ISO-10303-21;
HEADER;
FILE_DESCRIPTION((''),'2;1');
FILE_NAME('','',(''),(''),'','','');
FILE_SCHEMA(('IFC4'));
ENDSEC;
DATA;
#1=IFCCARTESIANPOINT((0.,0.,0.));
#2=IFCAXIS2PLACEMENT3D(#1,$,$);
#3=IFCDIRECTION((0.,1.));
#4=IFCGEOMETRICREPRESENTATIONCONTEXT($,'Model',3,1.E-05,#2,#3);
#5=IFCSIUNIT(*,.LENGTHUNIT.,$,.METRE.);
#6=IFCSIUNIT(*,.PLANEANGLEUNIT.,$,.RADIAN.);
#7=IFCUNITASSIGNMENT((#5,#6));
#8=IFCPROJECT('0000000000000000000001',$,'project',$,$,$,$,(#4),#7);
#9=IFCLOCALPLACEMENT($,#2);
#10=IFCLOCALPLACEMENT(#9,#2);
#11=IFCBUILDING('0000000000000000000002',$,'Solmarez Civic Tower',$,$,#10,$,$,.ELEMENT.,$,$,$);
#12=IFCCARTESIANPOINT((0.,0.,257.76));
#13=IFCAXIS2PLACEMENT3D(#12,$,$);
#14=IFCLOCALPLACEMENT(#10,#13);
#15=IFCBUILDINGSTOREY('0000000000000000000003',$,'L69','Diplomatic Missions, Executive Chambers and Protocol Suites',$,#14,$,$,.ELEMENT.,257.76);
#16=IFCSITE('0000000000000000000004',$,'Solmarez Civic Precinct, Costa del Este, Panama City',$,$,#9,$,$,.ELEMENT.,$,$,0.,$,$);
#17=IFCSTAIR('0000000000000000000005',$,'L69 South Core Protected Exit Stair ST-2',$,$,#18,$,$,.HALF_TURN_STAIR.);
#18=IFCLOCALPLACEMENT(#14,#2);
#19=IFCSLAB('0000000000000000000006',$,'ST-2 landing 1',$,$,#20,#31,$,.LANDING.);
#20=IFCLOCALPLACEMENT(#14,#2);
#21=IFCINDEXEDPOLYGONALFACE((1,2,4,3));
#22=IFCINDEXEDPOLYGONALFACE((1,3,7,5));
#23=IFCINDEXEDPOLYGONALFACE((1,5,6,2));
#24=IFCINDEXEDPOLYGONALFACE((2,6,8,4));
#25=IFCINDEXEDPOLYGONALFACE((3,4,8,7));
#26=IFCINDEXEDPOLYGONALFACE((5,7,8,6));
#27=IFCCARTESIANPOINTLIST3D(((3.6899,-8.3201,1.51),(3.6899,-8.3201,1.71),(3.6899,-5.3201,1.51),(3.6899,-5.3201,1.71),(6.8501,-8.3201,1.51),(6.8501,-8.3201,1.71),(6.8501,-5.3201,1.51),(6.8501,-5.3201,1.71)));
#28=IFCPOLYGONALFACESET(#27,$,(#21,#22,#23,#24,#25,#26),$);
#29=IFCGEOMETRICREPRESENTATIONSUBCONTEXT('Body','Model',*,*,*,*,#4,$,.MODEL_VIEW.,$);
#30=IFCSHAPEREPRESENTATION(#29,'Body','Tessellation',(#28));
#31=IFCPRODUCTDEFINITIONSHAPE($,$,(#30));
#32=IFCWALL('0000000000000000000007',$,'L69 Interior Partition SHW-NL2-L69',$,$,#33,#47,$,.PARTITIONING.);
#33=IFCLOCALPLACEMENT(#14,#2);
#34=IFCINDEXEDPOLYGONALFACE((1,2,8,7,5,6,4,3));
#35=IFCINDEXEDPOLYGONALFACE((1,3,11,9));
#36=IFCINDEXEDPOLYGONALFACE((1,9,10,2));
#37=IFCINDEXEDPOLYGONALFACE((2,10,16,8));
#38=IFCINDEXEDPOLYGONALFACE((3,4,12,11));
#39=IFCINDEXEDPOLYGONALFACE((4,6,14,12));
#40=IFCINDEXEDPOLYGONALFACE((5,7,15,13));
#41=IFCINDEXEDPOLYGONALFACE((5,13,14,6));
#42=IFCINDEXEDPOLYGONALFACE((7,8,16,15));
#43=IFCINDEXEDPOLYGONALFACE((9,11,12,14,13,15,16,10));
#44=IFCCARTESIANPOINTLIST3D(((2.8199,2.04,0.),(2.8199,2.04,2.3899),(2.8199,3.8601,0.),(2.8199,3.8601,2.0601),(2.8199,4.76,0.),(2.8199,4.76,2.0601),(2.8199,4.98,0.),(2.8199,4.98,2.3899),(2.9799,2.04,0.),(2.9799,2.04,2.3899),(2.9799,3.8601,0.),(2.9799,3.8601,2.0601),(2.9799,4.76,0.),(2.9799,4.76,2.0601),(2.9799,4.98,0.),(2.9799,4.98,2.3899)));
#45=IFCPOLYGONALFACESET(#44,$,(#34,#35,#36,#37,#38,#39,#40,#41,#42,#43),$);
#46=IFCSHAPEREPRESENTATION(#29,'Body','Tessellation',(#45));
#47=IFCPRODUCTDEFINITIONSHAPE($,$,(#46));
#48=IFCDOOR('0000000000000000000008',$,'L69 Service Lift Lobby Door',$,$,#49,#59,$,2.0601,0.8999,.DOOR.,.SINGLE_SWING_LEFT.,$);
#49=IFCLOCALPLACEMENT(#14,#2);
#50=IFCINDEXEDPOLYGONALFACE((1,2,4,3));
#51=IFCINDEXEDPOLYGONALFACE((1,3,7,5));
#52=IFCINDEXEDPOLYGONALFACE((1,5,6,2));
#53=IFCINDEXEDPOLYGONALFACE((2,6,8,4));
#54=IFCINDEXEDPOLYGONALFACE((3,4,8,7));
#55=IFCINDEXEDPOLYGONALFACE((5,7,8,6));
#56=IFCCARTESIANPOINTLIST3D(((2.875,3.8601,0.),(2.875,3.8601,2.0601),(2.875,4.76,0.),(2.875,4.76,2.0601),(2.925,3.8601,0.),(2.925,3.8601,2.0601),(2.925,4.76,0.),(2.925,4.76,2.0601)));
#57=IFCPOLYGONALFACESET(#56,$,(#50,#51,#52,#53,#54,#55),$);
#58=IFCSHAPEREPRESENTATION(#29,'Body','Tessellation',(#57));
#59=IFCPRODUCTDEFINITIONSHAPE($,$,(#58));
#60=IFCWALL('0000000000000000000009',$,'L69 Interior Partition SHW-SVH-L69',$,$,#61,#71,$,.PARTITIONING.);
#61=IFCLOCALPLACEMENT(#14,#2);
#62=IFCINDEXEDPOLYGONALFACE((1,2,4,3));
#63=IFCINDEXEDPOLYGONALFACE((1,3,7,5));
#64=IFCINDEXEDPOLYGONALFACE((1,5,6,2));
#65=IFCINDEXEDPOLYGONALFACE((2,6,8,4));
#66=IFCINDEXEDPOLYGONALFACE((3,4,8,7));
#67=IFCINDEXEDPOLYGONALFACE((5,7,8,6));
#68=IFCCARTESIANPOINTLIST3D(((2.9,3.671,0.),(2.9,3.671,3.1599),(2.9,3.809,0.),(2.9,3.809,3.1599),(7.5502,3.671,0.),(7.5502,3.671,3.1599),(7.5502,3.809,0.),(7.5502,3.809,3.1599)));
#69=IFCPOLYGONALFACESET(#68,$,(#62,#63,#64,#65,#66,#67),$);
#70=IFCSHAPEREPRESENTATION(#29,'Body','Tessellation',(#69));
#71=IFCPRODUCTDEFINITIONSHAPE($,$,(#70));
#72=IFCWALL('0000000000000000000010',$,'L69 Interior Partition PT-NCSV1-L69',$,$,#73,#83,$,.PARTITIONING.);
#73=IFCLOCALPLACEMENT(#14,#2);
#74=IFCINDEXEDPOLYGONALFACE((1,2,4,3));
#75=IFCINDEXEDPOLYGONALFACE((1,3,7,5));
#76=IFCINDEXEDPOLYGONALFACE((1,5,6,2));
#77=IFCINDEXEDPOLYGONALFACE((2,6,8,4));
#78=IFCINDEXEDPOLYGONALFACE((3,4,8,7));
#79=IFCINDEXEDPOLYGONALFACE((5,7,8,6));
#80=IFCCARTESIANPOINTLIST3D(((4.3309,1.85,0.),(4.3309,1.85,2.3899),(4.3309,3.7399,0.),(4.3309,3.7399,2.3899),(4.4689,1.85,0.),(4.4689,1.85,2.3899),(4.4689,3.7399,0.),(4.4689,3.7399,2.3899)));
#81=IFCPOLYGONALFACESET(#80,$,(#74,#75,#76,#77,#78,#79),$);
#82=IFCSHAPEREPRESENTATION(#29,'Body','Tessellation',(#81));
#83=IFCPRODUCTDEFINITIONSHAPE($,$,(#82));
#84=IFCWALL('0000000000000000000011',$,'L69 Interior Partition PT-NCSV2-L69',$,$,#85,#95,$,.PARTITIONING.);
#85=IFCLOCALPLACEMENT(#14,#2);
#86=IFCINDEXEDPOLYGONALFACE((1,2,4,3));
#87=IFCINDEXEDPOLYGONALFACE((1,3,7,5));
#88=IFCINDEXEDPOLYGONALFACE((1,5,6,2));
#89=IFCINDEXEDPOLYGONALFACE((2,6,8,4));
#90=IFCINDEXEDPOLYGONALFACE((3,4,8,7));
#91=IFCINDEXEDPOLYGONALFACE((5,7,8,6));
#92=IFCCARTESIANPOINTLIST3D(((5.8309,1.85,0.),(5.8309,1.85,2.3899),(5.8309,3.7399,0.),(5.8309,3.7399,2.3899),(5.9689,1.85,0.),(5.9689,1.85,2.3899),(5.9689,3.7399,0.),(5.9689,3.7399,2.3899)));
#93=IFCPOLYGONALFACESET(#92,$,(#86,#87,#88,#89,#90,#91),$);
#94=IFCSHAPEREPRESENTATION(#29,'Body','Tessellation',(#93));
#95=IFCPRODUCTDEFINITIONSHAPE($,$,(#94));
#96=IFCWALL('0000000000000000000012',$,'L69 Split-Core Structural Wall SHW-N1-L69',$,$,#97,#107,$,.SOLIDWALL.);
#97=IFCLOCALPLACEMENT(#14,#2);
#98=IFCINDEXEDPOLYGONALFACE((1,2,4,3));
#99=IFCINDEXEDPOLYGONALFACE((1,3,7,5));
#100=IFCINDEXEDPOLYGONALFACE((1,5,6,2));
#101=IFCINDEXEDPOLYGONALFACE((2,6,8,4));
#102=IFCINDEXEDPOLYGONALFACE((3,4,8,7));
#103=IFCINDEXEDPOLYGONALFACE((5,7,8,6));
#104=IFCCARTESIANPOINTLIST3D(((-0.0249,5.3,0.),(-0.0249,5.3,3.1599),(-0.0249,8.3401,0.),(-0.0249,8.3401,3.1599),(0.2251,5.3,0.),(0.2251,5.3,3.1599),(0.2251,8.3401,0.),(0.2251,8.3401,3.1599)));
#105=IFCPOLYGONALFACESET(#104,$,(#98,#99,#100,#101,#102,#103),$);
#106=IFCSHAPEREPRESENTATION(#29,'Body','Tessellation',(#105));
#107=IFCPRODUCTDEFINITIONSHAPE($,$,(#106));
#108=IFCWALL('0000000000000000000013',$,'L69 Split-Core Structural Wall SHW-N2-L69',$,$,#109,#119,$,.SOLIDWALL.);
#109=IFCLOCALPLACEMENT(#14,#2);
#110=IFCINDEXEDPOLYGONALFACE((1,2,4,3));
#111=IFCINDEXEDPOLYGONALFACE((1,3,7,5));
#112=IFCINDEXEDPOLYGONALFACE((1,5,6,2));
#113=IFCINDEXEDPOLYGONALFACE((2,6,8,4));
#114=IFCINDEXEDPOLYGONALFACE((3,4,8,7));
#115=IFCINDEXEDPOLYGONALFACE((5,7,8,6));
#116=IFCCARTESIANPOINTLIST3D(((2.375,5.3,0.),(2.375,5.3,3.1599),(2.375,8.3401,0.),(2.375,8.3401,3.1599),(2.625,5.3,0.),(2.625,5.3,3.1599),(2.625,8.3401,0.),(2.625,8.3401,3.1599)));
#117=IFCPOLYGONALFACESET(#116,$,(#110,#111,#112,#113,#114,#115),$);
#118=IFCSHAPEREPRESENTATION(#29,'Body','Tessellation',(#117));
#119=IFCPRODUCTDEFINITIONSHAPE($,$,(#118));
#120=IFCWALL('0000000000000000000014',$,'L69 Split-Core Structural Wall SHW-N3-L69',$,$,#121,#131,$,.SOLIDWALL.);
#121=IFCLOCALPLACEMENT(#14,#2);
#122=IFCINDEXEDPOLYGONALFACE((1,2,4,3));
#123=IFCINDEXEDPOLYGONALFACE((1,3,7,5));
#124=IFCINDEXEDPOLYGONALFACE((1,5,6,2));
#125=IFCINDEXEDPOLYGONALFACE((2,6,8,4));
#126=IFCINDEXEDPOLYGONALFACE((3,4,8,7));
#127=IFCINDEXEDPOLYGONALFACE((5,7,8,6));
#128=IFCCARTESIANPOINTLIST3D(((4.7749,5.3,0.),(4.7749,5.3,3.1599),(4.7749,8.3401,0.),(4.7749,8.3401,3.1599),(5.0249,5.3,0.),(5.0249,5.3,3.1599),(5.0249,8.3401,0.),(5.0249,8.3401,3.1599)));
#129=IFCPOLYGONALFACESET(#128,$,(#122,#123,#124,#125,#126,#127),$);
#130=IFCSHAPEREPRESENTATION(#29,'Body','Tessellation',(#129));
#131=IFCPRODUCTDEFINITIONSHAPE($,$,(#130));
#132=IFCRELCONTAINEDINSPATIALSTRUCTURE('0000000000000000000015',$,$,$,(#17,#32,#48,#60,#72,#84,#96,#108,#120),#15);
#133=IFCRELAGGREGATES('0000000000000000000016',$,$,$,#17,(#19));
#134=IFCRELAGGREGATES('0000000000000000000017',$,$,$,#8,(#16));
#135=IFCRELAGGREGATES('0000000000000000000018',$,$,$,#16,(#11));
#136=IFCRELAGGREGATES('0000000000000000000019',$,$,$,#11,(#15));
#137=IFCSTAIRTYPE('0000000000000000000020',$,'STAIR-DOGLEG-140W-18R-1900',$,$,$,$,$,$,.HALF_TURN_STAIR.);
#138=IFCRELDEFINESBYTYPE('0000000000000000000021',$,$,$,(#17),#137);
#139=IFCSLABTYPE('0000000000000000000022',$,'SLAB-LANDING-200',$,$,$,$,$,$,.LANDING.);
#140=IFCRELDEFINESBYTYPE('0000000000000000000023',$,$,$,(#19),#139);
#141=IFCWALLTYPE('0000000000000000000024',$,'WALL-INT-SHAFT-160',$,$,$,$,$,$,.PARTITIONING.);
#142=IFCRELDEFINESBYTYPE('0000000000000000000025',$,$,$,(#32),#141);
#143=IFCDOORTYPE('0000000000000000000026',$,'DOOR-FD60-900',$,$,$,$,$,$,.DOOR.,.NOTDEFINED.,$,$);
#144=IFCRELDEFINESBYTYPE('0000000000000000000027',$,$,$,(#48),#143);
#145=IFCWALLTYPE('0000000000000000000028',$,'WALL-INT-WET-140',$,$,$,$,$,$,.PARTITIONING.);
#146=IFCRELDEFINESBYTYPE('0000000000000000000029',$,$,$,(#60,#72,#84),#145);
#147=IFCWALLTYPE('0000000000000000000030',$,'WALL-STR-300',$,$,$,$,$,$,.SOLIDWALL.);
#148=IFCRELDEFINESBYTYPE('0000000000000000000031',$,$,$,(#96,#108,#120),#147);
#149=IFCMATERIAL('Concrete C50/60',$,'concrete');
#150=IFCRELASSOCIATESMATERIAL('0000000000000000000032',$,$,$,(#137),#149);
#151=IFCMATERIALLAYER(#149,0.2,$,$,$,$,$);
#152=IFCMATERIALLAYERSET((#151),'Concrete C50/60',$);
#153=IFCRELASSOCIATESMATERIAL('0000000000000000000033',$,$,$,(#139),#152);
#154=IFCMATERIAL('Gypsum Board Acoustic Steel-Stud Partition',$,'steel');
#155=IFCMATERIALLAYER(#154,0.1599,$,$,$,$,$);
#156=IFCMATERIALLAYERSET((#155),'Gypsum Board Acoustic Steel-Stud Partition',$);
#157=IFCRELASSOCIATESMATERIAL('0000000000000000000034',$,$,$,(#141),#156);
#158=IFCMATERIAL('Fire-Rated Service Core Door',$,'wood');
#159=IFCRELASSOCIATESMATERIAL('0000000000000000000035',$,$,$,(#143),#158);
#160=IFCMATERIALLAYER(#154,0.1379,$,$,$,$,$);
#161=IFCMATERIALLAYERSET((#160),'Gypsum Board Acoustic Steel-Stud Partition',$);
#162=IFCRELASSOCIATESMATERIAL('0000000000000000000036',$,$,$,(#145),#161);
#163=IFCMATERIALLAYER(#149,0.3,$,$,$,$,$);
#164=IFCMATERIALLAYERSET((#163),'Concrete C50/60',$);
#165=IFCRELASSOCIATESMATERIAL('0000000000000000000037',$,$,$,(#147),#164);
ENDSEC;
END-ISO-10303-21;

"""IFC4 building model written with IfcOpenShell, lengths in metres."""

from ifc_helpers import new_model, si_unit, direction, frame, frame_2d, origin, place, context, subcontext, project, spatial, polyline, rectangle, outline, extrude, material, layer, layer_set, type_object, element, fill, aggregate, save


model = new_model("IFC4")

# Units and contexts
model_context = context("Model", 3, precision=1e-05, world=origin(), true_north=direction((0.0, 1.0)))
body_context = subcontext(model_context, "Body", "Model", "MODEL_VIEW")
ifc_project = project(units=[si_unit("LENGTHUNIT", "METRE"), si_unit("PLANEANGLEUNIT", "RADIAN")], contexts=[model_context])

# Site, building, storey
site_placement = place(None, origin())
site = spatial("IfcSite", under=ifc_project, at=site_placement, Name="Solmarez Civic Precinct, Costa del Este, Panama City", CompositionType="ELEMENT", RefElevation=0.0)
building_placement = place(site_placement, origin())
building = spatial("IfcBuilding", under=site, at=building_placement, Name="Solmarez Civic Tower", CompositionType="ELEMENT")
storey_placement = place(building_placement, frame((0.0, 0.0, 257.76)))
storey = spatial("IfcBuildingStorey", under=building, at=storey_placement, Name="L69", Description="Diplomatic Missions, Executive Chambers and Protocol Suites", CompositionType="ELEMENT", Elevation=257.76)

# Stair, slab
ifc_material_1 = material(Name="Concrete C50/60", Category="concrete")
stair_type = type_object("IfcStairType", Name="STAIR-DOGLEG-140W-18R-1900", PredefinedType="HALF_TURN_STAIR", material=ifc_material_1)
stair_placement = place(storey_placement, origin())
stair = element("IfcStair", 1, at=stair_placement, inside=storey, type_object=stair_type, Name="L69 South Core Protected Exit Stair ST-2", PredefinedType="HALF_TURN_STAIR")
ifc_layer_1 = layer(ifc_material_1, 0.2)
ifc_layer_set_1 = layer_set([ifc_layer_1], Name="Concrete C50/60")
slab_type = type_object("IfcSlabType", Name="SLAB-LANDING-200", PredefinedType="LANDING", material=ifc_layer_set_1)
slab_placement = place(storey_placement, frame((0.0, 0.0, 1.51)))
slab = element("IfcSlab", 2, at=slab_placement, type_object=slab_type, Name="ST-2 landing 1", PredefinedType="LANDING", context=body_context, shape_type="SweptSolid", body=[
    extrude(outline(polyline([(3.6899, -8.3201), (6.8501, -8.3201), (6.8501, -5.3201), (3.6899, -5.3201), (3.6899, -8.3201)])), origin(), (0.0, 0.0, 1.0), 0.2),
])
aggregate(stair, [slab])

# Wall, opening, door
ifc_material_2 = material(Name="Gypsum Board Acoustic Steel-Stud Partition", Category="steel")
ifc_layer_2 = layer(ifc_material_2, 0.1599)
ifc_layer_set_2 = layer_set([ifc_layer_2], Name="Gypsum Board Acoustic Steel-Stud Partition")
wall_type_1 = type_object("IfcWallType", Name="WALL-INT-SHAFT-160", PredefinedType="PARTITIONING", material=ifc_layer_set_2)
wall_1_placement = place(storey_placement, frame((2.8999, 2.04, 0.0), z_axis=(0.0, 0.0, 1.0), x_axis=(0.0, 1.0, 0.0)))
wall_1 = element("IfcWall", 3, at=wall_1_placement, inside=storey, type_object=wall_type_1, Name="L69 Interior Partition SHW-NL2-L69", PredefinedType="PARTITIONING", context=body_context, shape_type="SweptSolid", body=[
    extrude(rectangle(XDim=2.9399, YDim=0.1599, at=frame_2d((1.47, 0.0))), origin(), (0.0, 0.0, 1.0), 2.3899),
])
opening_placement = place(wall_1_placement, frame((1.8201, 0.0, 0.0)))
opening = element("IfcOpeningElement", 4, at=opening_placement, cuts=wall_1, PredefinedType="OPENING", context=body_context, shape_type="SweptSolid", body=[
    extrude(rectangle(XDim=0.8999, YDim=2.0601, at=frame_2d((0.45, 1.03))), frame((0.0, 0.0898, 0.0), z_axis=(0.0, -1.0, 0.0), x_axis=(1.0, 0.0, 0.0)), (0.0, 0.0, 1.0), 0.1799),
])
ifc_material_3 = material(Name="Fire-Rated Service Core Door", Category="wood")
door_type = type_object("IfcDoorType", Name="DOOR-FD60-900", OperationType="NOTDEFINED", PredefinedType="DOOR", material=ifc_material_3)
door_placement = place(opening_placement, origin())
door = element("IfcDoor", 5, at=door_placement, inside=storey, type_object=door_type, Name="L69 Service Lift Lobby Door", OperationType="SINGLE_SWING_LEFT", OverallHeight=2.0601, OverallWidth=0.8999, PredefinedType="DOOR", context=body_context, shape_type="SweptSolid", body=[
    extrude(rectangle(XDim=0.8999, YDim=2.0601, at=frame_2d((0.45, 1.03))), frame((0.0, 0.0249, 0.0), z_axis=(0.0, -1.0, 0.0), x_axis=(1.0, 0.0, 0.0)), (0.0, 0.0, 1.0), 0.05),
])
fill(opening, door)

# Walls
ifc_layer_3 = layer(ifc_material_2, 0.1379)
ifc_layer_set_3 = layer_set([ifc_layer_3], Name="Gypsum Board Acoustic Steel-Stud Partition")
wall_type_2 = type_object("IfcWallType", Name="WALL-INT-WET-140", PredefinedType="PARTITIONING", material=ifc_layer_set_3)
wall_2_placement = place(storey_placement, frame((2.8999, 3.74, 0.0), z_axis=(0.0, 0.0, 1.0), x_axis=(1.0, 0.0, 0.0)))
element("IfcWall", 6, at=wall_2_placement, inside=storey, type_object=wall_type_2, Name="L69 Interior Partition SHW-SVH-L69", PredefinedType="PARTITIONING", context=body_context, shape_type="SweptSolid", body=[
    extrude(rectangle(XDim=4.6501, YDim=0.1379, at=frame_2d((2.3252, 0.0))), origin(), (0.0, 0.0, 1.0), 3.1599),
])
for number, where, z_axis, x_axis, name in (
    (7, (4.3999, 1.8501, 0.0), (0.0, 0.0, 1.0), (0.0, 1.0, 0.0), "L69 Interior Partition PT-NCSV1-L69"),
    (8, (5.8999, 1.8501, 0.0), (0.0, 0.0, 1.0), (0.0, 1.0, 0.0), "L69 Interior Partition PT-NCSV2-L69"),
):
    element("IfcWall", number, at=place(storey_placement, frame(where, z_axis=z_axis, x_axis=x_axis)), inside=storey, type_object=wall_type_2, Name=name, PredefinedType="PARTITIONING", context=body_context, shape_type="SweptSolid", body=[
        extrude(rectangle(XDim=1.8899, YDim=0.1379, at=frame_2d((0.9448, 0.0))), origin(), (0.0, 0.0, 1.0), 2.3899),
    ])
ifc_layer_4 = layer(ifc_material_1, 0.3)
ifc_layer_set_4 = layer_set([ifc_layer_4], Name="Concrete C50/60")
wall_type_3 = type_object("IfcWallType", Name="WALL-STR-300", PredefinedType="SOLIDWALL", material=ifc_layer_set_4)
for number, where, z_axis, x_axis, name in (
    (9, (0.1001, 5.3, 0.0), (0.0, 0.0, 1.0), (0.0, 1.0, 0.0), "L69 Split-Core Structural Wall SHW-N1-L69"),
    (10, (2.5, 5.3, 0.0), (0.0, 0.0, 1.0), (0.0, 1.0, 0.0), "L69 Split-Core Structural Wall SHW-N2-L69"),
    (11, (4.8999, 5.3, 0.0), (0.0, 0.0, 1.0), (0.0, 1.0, 0.0), "L69 Split-Core Structural Wall SHW-N3-L69"),
):
    element("IfcWall", number, at=place(storey_placement, frame(where, z_axis=z_axis, x_axis=x_axis)), inside=storey, type_object=wall_type_3, Name=name, PredefinedType="SOLIDWALL", context=body_context, shape_type="SweptSolid", body=[
        extrude(rectangle(XDim=3.04, YDim=0.25, at=frame_2d((1.52, 0.0))), origin(), (0.0, 0.0, 1.0), 3.1599),
    ])

save(model, "model.ifc")
